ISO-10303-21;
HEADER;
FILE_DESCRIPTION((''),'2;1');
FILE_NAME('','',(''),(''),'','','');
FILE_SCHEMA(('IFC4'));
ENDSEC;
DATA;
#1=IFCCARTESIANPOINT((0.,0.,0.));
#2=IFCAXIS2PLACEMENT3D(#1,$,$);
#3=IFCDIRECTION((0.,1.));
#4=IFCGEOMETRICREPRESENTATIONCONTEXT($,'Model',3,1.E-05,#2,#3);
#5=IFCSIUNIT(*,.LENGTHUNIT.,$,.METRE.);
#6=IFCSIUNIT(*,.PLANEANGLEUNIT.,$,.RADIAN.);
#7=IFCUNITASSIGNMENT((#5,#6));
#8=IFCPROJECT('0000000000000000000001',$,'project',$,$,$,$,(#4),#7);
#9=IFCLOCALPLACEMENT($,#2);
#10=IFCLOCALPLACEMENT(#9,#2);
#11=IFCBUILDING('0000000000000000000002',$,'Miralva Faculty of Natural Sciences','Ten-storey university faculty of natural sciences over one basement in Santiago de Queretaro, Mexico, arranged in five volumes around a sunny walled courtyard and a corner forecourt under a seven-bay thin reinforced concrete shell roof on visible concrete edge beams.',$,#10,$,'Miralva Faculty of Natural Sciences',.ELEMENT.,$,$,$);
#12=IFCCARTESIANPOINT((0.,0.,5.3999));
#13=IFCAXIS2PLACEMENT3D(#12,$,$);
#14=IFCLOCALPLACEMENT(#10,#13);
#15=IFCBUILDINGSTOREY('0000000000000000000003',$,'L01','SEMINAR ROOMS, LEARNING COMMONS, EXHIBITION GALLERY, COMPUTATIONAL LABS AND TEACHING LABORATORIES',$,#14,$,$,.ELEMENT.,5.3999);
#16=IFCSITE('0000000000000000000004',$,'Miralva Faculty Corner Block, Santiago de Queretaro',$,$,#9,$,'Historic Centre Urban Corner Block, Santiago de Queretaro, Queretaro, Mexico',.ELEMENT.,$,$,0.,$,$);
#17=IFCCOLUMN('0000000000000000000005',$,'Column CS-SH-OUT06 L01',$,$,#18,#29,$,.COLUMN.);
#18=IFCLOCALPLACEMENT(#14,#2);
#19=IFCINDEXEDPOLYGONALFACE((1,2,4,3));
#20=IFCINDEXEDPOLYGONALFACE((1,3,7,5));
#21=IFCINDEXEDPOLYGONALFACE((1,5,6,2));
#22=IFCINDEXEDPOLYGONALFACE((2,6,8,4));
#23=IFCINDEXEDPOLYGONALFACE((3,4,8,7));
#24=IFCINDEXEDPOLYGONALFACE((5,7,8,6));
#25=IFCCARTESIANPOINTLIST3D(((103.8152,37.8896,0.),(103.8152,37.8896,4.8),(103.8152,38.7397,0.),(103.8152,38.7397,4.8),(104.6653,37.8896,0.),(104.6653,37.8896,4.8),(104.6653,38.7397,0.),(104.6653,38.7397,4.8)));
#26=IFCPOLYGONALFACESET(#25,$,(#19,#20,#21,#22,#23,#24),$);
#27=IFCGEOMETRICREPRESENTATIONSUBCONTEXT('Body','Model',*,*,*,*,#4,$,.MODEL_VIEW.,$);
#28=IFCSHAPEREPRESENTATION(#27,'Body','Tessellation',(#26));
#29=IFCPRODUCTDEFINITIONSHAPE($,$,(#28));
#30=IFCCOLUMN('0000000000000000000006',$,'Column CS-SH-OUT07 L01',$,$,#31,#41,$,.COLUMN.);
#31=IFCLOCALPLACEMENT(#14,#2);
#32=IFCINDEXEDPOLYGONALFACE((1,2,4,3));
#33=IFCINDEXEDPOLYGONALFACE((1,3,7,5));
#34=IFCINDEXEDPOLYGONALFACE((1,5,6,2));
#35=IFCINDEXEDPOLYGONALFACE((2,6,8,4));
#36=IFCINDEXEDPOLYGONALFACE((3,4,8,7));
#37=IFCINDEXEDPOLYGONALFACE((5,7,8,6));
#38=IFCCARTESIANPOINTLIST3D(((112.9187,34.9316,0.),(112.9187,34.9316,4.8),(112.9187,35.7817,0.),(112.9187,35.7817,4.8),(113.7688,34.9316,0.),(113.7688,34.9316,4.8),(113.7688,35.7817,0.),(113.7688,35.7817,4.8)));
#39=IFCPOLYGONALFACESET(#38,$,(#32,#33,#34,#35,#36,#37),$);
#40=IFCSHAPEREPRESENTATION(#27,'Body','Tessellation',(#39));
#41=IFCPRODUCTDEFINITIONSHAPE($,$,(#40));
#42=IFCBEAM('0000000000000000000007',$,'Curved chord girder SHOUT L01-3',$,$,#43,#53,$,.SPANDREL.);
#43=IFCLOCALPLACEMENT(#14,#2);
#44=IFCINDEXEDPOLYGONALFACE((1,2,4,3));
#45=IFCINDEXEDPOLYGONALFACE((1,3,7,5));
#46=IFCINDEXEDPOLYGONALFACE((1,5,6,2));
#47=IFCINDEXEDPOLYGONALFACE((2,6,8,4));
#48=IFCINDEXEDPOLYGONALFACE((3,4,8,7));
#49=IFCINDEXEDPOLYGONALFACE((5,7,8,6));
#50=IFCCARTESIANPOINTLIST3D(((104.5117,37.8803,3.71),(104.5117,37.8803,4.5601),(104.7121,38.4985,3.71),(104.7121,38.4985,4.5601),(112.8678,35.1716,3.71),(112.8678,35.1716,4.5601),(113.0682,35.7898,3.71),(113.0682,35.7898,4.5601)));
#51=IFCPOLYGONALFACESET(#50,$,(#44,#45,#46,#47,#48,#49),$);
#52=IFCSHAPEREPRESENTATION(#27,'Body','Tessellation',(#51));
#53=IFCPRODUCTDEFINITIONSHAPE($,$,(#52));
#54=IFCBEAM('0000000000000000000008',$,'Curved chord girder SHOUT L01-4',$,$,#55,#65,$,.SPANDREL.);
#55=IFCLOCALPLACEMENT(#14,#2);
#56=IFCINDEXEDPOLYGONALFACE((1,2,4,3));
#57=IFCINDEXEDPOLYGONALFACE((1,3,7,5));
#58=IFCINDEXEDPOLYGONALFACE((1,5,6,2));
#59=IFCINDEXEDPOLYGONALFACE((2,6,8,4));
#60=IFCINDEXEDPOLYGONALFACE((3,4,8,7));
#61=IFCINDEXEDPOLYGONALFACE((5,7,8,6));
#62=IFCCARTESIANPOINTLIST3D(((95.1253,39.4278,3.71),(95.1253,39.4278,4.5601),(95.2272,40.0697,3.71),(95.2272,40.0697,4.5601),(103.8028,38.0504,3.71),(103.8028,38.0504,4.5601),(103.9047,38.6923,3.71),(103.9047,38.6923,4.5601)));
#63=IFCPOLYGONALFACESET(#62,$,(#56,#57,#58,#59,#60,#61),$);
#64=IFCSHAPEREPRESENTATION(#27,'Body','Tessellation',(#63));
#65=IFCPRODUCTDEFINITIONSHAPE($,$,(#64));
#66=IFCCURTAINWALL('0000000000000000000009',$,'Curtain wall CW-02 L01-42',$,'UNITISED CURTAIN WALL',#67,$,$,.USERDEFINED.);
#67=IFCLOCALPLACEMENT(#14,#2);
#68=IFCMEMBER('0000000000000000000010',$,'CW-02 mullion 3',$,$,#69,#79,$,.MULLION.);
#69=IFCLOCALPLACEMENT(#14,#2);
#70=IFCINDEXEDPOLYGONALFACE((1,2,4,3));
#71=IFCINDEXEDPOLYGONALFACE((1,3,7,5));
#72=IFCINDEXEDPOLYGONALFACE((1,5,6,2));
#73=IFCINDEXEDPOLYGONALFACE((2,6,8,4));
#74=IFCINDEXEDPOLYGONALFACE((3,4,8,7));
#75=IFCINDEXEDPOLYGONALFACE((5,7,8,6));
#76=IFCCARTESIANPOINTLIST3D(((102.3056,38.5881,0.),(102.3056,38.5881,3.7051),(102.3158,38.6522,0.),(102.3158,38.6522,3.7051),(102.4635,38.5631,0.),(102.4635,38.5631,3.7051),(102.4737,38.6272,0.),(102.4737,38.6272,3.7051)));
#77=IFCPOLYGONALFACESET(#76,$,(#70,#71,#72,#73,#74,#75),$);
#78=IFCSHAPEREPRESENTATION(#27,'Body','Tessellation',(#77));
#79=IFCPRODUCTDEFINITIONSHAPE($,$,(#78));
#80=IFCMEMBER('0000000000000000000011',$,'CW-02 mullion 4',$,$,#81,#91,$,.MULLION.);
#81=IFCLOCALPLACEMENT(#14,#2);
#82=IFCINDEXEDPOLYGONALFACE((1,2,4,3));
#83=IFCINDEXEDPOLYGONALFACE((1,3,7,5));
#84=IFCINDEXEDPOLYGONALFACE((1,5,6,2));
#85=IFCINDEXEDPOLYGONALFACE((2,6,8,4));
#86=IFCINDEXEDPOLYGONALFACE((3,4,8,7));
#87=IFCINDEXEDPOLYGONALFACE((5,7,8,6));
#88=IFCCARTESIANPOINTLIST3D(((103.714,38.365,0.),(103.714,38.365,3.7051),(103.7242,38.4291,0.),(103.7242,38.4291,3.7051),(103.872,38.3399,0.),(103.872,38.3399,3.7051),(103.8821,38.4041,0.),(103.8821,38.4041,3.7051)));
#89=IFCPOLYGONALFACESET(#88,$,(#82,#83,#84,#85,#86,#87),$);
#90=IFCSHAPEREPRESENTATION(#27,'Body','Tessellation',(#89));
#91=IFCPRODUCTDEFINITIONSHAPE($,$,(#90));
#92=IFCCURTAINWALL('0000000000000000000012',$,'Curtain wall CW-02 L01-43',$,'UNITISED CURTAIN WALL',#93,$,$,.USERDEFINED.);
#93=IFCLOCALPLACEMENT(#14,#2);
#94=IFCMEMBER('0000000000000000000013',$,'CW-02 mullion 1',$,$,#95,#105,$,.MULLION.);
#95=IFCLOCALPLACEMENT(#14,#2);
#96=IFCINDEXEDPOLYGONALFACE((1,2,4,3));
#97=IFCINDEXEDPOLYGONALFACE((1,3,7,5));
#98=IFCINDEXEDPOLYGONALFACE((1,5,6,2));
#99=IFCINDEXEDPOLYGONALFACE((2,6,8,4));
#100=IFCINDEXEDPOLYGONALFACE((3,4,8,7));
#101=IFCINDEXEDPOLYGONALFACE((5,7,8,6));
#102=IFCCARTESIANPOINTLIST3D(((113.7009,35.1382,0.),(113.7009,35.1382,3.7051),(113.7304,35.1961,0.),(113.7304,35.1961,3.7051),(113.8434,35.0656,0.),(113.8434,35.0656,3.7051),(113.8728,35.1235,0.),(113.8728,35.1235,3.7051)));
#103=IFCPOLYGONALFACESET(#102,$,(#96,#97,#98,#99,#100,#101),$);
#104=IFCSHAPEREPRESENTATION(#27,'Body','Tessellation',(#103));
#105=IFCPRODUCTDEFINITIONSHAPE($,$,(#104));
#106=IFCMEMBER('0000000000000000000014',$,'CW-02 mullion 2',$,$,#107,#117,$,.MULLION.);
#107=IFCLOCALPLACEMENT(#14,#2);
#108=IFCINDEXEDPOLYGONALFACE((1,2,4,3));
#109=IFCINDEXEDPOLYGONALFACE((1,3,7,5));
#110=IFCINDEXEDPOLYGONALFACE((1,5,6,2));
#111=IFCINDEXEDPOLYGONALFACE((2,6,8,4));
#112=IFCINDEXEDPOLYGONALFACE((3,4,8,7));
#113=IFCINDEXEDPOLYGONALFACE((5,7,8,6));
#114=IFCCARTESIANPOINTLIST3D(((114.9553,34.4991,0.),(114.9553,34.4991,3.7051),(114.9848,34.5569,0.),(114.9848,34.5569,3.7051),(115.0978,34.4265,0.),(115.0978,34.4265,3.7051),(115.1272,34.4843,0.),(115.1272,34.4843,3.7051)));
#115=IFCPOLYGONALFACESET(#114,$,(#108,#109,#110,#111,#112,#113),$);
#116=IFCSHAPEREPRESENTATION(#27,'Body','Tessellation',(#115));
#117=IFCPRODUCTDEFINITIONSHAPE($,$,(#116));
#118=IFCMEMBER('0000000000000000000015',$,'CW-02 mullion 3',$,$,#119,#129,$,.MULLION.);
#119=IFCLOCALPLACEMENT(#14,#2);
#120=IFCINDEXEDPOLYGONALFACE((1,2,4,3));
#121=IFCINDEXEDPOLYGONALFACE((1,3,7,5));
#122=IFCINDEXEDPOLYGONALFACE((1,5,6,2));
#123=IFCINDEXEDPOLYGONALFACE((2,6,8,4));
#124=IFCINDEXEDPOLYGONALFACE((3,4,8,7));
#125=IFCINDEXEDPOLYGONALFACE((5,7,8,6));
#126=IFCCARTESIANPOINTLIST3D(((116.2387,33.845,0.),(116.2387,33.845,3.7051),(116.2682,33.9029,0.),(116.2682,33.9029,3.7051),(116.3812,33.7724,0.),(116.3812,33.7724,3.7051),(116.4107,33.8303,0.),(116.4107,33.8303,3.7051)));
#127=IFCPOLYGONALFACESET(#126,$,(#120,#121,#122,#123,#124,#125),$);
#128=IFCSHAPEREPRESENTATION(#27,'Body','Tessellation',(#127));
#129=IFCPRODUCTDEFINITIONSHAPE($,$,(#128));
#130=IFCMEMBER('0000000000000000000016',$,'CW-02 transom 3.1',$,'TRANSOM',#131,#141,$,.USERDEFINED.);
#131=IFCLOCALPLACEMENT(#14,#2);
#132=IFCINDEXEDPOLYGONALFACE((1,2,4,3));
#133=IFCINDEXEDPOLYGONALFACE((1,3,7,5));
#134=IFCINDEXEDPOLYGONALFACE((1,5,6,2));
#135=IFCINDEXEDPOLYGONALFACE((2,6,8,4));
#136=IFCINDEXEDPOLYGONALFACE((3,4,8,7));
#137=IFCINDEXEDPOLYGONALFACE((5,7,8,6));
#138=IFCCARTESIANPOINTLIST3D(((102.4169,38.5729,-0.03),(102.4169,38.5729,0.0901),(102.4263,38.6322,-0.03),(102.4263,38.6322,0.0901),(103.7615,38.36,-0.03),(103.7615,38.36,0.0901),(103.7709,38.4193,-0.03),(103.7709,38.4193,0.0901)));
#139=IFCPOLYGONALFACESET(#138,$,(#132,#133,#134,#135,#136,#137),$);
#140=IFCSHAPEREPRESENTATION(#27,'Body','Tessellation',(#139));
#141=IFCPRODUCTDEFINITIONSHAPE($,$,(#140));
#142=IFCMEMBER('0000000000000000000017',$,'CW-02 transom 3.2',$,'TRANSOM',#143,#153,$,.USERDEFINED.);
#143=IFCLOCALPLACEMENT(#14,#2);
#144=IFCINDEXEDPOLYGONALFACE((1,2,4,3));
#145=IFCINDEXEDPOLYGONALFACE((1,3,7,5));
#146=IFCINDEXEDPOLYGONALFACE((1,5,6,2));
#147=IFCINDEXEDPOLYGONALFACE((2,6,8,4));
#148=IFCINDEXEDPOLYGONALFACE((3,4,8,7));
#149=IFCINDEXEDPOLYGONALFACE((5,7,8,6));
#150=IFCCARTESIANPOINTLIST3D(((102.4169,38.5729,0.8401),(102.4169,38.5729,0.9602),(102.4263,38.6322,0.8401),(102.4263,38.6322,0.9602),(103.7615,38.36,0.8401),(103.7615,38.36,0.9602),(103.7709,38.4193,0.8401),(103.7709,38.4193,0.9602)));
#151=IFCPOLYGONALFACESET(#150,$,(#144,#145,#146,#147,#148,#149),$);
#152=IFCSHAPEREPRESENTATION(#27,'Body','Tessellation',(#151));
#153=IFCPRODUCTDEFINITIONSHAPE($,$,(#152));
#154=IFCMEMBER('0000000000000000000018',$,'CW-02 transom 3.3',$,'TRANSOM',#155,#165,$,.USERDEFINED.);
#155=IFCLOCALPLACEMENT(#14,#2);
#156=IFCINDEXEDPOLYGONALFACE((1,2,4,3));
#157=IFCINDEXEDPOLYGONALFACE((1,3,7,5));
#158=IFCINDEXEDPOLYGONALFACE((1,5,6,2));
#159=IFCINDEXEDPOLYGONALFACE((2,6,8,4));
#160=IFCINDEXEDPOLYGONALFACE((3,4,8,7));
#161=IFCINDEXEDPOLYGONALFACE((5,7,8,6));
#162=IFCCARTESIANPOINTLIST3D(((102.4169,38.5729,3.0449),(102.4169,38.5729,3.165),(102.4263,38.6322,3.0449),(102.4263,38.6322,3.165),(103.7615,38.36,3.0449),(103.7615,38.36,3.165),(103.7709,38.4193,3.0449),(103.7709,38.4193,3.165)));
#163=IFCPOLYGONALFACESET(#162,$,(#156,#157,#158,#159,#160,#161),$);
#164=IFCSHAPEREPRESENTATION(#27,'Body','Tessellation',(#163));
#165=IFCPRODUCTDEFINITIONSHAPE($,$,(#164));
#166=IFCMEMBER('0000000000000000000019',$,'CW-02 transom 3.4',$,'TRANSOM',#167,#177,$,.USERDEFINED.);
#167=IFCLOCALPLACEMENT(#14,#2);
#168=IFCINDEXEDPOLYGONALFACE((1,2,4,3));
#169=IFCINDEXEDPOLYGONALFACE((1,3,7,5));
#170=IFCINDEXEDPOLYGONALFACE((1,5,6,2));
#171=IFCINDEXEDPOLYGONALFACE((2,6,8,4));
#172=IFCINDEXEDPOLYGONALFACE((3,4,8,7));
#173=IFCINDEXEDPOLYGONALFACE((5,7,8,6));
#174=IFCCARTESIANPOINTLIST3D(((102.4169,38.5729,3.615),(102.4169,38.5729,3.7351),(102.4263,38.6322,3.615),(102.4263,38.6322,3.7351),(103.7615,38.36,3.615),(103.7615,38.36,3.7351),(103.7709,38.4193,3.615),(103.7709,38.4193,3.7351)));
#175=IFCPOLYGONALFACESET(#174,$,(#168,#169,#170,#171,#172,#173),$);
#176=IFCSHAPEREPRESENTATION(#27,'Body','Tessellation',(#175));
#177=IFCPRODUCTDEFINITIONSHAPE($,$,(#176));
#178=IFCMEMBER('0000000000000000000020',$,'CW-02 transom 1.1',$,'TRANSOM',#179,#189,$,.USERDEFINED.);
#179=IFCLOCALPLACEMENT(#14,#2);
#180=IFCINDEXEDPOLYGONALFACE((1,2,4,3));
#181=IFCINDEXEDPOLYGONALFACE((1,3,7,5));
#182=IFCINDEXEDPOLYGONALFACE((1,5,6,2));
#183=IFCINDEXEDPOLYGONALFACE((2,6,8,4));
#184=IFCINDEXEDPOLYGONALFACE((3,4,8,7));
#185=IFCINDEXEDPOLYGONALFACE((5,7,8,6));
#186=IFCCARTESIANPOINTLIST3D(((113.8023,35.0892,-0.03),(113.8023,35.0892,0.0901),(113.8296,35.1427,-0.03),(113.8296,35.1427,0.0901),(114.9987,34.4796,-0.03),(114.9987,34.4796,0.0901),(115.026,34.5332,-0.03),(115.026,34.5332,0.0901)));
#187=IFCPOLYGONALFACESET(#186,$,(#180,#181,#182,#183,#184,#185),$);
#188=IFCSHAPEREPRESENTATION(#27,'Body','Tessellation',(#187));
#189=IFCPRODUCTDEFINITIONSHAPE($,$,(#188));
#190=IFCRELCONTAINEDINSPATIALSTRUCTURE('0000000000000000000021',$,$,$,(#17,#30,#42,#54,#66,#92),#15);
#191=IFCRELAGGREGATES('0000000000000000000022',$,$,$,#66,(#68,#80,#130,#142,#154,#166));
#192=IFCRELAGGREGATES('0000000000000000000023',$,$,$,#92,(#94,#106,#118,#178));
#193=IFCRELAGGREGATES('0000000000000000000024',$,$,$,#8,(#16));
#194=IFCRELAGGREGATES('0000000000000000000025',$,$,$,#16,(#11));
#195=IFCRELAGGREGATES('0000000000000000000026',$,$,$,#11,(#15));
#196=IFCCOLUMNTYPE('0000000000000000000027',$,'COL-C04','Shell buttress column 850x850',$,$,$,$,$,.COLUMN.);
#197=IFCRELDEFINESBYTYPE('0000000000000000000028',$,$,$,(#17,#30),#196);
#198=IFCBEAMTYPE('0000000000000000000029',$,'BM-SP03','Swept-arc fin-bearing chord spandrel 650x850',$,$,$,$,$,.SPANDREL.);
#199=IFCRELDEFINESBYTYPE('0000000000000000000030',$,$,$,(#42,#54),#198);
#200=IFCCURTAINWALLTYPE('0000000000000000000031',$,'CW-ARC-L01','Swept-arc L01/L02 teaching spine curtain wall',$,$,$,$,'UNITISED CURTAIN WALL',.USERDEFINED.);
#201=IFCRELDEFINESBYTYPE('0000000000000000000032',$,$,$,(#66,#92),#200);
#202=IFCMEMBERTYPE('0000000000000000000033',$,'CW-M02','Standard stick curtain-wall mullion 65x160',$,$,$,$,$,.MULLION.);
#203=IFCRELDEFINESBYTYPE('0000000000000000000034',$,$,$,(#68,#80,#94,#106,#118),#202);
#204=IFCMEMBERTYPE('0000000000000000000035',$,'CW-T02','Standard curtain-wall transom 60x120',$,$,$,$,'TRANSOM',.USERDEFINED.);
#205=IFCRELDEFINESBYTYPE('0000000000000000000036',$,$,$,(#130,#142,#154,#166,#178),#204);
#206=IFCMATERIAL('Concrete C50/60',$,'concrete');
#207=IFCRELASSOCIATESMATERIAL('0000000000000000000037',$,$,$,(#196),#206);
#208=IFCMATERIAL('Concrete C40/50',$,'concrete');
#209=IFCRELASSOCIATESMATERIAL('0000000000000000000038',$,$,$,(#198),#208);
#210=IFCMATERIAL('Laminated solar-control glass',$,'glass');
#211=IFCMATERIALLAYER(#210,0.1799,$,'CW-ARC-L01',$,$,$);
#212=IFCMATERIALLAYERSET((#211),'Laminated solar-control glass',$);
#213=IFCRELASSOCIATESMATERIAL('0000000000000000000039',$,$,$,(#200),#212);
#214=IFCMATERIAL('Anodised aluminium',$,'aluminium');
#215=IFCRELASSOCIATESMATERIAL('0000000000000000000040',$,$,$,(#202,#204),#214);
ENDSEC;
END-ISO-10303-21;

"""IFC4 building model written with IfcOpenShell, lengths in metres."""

from ifc_helpers import new_model, si_unit, direction, frame, origin, origin_2d, place, context, subcontext, project, spatial, rectangle, extrude, material, layer, layer_set, material_profile, profile_set, type_object, element, aggregate, save


model = new_model("IFC4")

# Units and contexts
model_context = context("Model", 3, precision=1e-05, world=origin(), true_north=direction((0.0, 1.0)))
body_context = subcontext(model_context, "Body", "Model", "MODEL_VIEW")
ifc_project = project(units=[si_unit("LENGTHUNIT", "METRE"), si_unit("PLANEANGLEUNIT", "RADIAN")], contexts=[model_context])

# Site, building, storey
site_placement = place(None, origin())
site = spatial("IfcSite", under=ifc_project, at=site_placement, Name="Miralva Faculty Corner Block, Santiago de Queretaro", LongName="Historic Centre Urban Corner Block, Santiago de Queretaro, Queretaro, Mexico", CompositionType="ELEMENT", RefElevation=0.0)
building_placement = place(site_placement, origin())
building = spatial("IfcBuilding", under=site, at=building_placement, Name="Miralva Faculty of Natural Sciences", Description="Ten-storey university faculty of natural sciences over one basement in Santiago de Queretaro, Mexico, arranged in five volumes around a sunny walled courtyard and a corner forecourt under a seven-bay thin reinforced concrete shell roof on visible concrete edge beams.", LongName="Miralva Faculty of Natural Sciences", CompositionType="ELEMENT")
storey_placement = place(building_placement, frame((0.0, 0.0, 5.3999)))
storey = spatial("IfcBuildingStorey", under=building, at=storey_placement, Name="L01", Description="SEMINAR ROOMS, LEARNING COMMONS, EXHIBITION GALLERY, COMPUTATIONAL LABS AND TEACHING LABORATORIES", CompositionType="ELEMENT", Elevation=5.3999)

# Columns
ifc_material_1 = material(Name="Concrete C50/60", Category="concrete")
ifc_material_profile_1 = material_profile(ifc_material_1, rectangle(XDim=0.8501, YDim=0.8501, at=origin_2d()), Name="RC 850x850")
ifc_profile_set_1 = profile_set([ifc_material_profile_1], Name="Concrete C50/60")
column_type = type_object("IfcColumnType", Name="COL-C04", Description="Shell buttress column 850x850", PredefinedType="COLUMN", material=ifc_profile_set_1)
for number, where, z_axis, x_axis, name in (
    (1, (104.2402, 38.3147, 0.0), (0.0, 0.0, 1.0), (1.0, 0.0, 0.0), "Column CS-SH-OUT06 L01"),
    (2, (113.3438, 35.3567, 0.0), (0.0, 0.0, 1.0), (1.0, 0.0, 0.0), "Column CS-SH-OUT07 L01"),
):
    element("IfcColumn", number, at=place(storey_placement, frame(where, z_axis=z_axis, x_axis=x_axis)), inside=storey, type_object=column_type, Name=name, PredefinedType="COLUMN", context=body_context, shape_type="SweptSolid", body=[
        extrude(rectangle(XDim=0.8501, YDim=0.8501, at=origin_2d()), origin(), (0.0, 0.0, 1.0), 4.8),
    ])

# Beams
ifc_material_2 = material(Name="Concrete C40/50", Category="concrete")
ifc_material_profile_2 = material_profile(ifc_material_2, rectangle(XDim=0.6499, YDim=0.8501, at=origin_2d()), Name="RC 650x850")
ifc_profile_set_2 = profile_set([ifc_material_profile_2], Name="Concrete C40/50")
beam_type = type_object("IfcBeamType", Name="BM-SP03", Description="Swept-arc fin-bearing chord spandrel 650x850", PredefinedType="SPANDREL", material=ifc_profile_set_2)
beam_1_placement = place(storey_placement, frame((112.968, 35.4807, 4.135), z_axis=(-0.951269, 0.308363, 0.0), x_axis=(-0.308363, -0.951269, 0.0)))
element("IfcBeam", 3, at=beam_1_placement, inside=storey, type_object=beam_type, Name="Curved chord girder SHOUT L01-3", PredefinedType="SPANDREL", context=body_context, shape_type="SweptSolid", body=[
    extrude(rectangle(XDim=0.6499, YDim=0.8501, at=origin_2d()), origin(), (0.0, 0.0, 1.0), 8.7842),
])
beam_2_placement = place(storey_placement, frame((103.8538, 38.3713, 4.135), z_axis=(-0.987634, 0.156774, 0.0), x_axis=(-0.156774, -0.987634, 0.0)))
element("IfcBeam", 4, at=beam_2_placement, inside=storey, type_object=beam_type, Name="Curved chord girder SHOUT L01-4", PredefinedType="SPANDREL", context=body_context, shape_type="SweptSolid", body=[
    extrude(rectangle(XDim=0.6499, YDim=0.8501, at=origin_2d()), origin(), (0.0, 0.0, 1.0), 8.7861),
])

# Curtain walls, members
ifc_material_3 = material(Name="Laminated solar-control glass", Category="glass")
ifc_layer_1 = layer(ifc_material_3, 0.1799, Name="CW-ARC-L01")
ifc_layer_set_1 = layer_set([ifc_layer_1], Name="Laminated solar-control glass")
curtain_wall_type = type_object("IfcCurtainWallType", Name="CW-ARC-L01", Description="Swept-arc L01/L02 teaching spine curtain wall", ElementType="UNITISED CURTAIN WALL", PredefinedType="USERDEFINED", material=ifc_layer_set_1)
curtain_wall_1_placement = place(storey_placement, origin())
curtain_wall_1 = element("IfcCurtainWall", 5, at=curtain_wall_1_placement, inside=storey, type_object=curtain_wall_type, Name="Curtain wall CW-02 L01-42", ObjectType="UNITISED CURTAIN WALL", PredefinedType="USERDEFINED")
ifc_material_4 = material(Name="Anodised aluminium", Category="aluminium")
ifc_material_profile_3 = material_profile(ifc_material_4, rectangle(XDim=0.0649, YDim=0.1599, at=origin_2d()), Name="MULLION 65x160")
ifc_profile_set_3 = profile_set([ifc_material_profile_3], Name="Anodised aluminium")
member_type_1 = type_object("IfcMemberType", Name="CW-M02", Description="Standard stick curtain-wall mullion 65x160", PredefinedType="MULLION", material=ifc_profile_set_3)
member_1_placement = place(storey_placement, frame((102.3896, 38.6077, 0.0), z_axis=(0.0, 0.0, 1.0), x_axis=(0.156445, 0.987687, 0.0)))
member_1 = element("IfcMember", 6, at=member_1_placement, type_object=member_type_1, Name="CW-02 mullion 3", PredefinedType="MULLION", context=body_context, shape_type="SweptSolid", body=[
    extrude(rectangle(XDim=0.0649, YDim=0.1599, at=origin_2d()), origin(), (0.0, 0.0, 1.0), 3.7051),
])
member_2_placement = place(storey_placement, frame((103.7981, 38.3845, 0.0), z_axis=(0.0, 0.0, 1.0), x_axis=(0.156445, 0.987687, 0.0)))
member_2 = element("IfcMember", 7, at=member_2_placement, type_object=member_type_1, Name="CW-02 mullion 4", PredefinedType="MULLION", context=body_context, shape_type="SweptSolid", body=[
    extrude(rectangle(XDim=0.0649, YDim=0.1599, at=origin_2d()), origin(), (0.0, 0.0, 1.0), 3.7051),
])
curtain_wall_2_placement = place(storey_placement, origin())
curtain_wall_2 = element("IfcCurtainWall", 8, at=curtain_wall_2_placement, inside=storey, type_object=curtain_wall_type, Name="Curtain wall CW-02 L01-43", ObjectType="UNITISED CURTAIN WALL", PredefinedType="USERDEFINED")
member_3_placement = place(storey_placement, frame((113.7869, 35.1309, 0.0), z_axis=(0.0, 0.0, 1.0), x_axis=(0.453968, 0.891018, 0.0)))
member_3 = element("IfcMember", 9, at=member_3_placement, type_object=member_type_1, Name="CW-02 mullion 1", PredefinedType="MULLION", context=body_context, shape_type="SweptSolid", body=[
    extrude(rectangle(XDim=0.0649, YDim=0.1599, at=origin_2d()), origin(), (0.0, 0.0, 1.0), 3.7051),
])
member_4_placement = place(storey_placement, frame((115.0413, 34.4917, 0.0), z_axis=(0.0, 0.0, 1.0), x_axis=(0.453968, 0.891018, 0.0)))
member_4 = element("IfcMember", 10, at=member_4_placement, type_object=member_type_1, Name="CW-02 mullion 2", PredefinedType="MULLION", context=body_context, shape_type="SweptSolid", body=[
    extrude(rectangle(XDim=0.0649, YDim=0.1599, at=origin_2d()), origin(), (0.0, 0.0, 1.0), 3.7051),
])
member_5_placement = place(storey_placement, frame((116.3247, 33.8376, 0.0), z_axis=(0.0, 0.0, 1.0), x_axis=(0.453968, 0.891018, 0.0)))
member_5 = element("IfcMember", 11, at=member_5_placement, type_object=member_type_1, Name="CW-02 mullion 3", PredefinedType="MULLION", context=body_context, shape_type="SweptSolid", body=[
    extrude(rectangle(XDim=0.0649, YDim=0.1599, at=origin_2d()), origin(), (0.0, 0.0, 1.0), 3.7051),
])

# Members
ifc_material_profile_4 = material_profile(ifc_material_4, rectangle(XDim=0.0601, YDim=0.1201, at=origin_2d()), Name="TRANSOM 60x120")
ifc_profile_set_4 = profile_set([ifc_material_profile_4], Name="Anodised aluminium")
member_type_2 = type_object("IfcMemberType", Name="CW-T02", Description="Standard curtain-wall transom 60x120", ElementType="TRANSOM", PredefinedType="USERDEFINED", material=ifc_profile_set_4)
member_6_placement = place(storey_placement, frame((102.4216, 38.6025, 0.03), z_axis=(0.987695, -0.156395, 0.0), x_axis=(0.156395, 0.987695, 0.0)))
member_6 = element("IfcMember", 12, at=member_6_placement, type_object=member_type_2, Name="CW-02 transom 3.1", ObjectType="TRANSOM", PredefinedType="USERDEFINED", context=body_context, shape_type="SweptSolid", body=[
    extrude(rectangle(XDim=0.0601, YDim=0.1201, at=origin_2d()), origin(), (0.0, 0.0, 1.0), 1.3613),
])
member_7_placement = place(storey_placement, frame((102.4216, 38.6025, 0.9001), z_axis=(0.987695, -0.156395, 0.0), x_axis=(0.156395, 0.987695, 0.0)))
member_7 = element("IfcMember", 13, at=member_7_placement, type_object=member_type_2, Name="CW-02 transom 3.2", ObjectType="TRANSOM", PredefinedType="USERDEFINED", context=body_context, shape_type="SweptSolid", body=[
    extrude(rectangle(XDim=0.0601, YDim=0.1201, at=origin_2d()), origin(), (0.0, 0.0, 1.0), 1.3613),
])
member_8_placement = place(storey_placement, frame((102.4216, 38.6025, 3.105), z_axis=(0.987695, -0.156395, 0.0), x_axis=(0.156395, 0.987695, 0.0)))
member_8 = element("IfcMember", 14, at=member_8_placement, type_object=member_type_2, Name="CW-02 transom 3.3", ObjectType="TRANSOM", PredefinedType="USERDEFINED", context=body_context, shape_type="SweptSolid", body=[
    extrude(rectangle(XDim=0.0601, YDim=0.1201, at=origin_2d()), origin(), (0.0, 0.0, 1.0), 1.3613),
])
member_9_placement = place(storey_placement, frame((102.4216, 38.6025, 3.675), z_axis=(0.987695, -0.156395, 0.0), x_axis=(0.156395, 0.987695, 0.0)))
member_9 = element("IfcMember", 15, at=member_9_placement, type_object=member_type_2, Name="CW-02 transom 3.4", ObjectType="TRANSOM", PredefinedType="USERDEFINED", context=body_context, shape_type="SweptSolid", body=[
    extrude(rectangle(XDim=0.0601, YDim=0.1201, at=origin_2d()), origin(), (0.0, 0.0, 1.0), 1.3613),
])
member_10_placement = place(storey_placement, frame((113.8159, 35.116, 0.03), z_axis=(0.89102, -0.453964, 0.0), x_axis=(0.453964, 0.89102, 0.0)))
member_10 = element("IfcMember", 16, at=member_10_placement, type_object=member_type_2, Name="CW-02 transom 1.1", ObjectType="TRANSOM", PredefinedType="USERDEFINED", context=body_context, shape_type="SweptSolid", body=[
    extrude(rectangle(XDim=0.0601, YDim=0.1201, at=origin_2d()), origin(), (0.0, 0.0, 1.0), 1.3428),
])

aggregate(curtain_wall_1, [member_1, member_2, member_6, member_7, member_8, member_9])
aggregate(curtain_wall_2, [member_3, member_4, member_5, member_10])

save(model, "model.ifc")
